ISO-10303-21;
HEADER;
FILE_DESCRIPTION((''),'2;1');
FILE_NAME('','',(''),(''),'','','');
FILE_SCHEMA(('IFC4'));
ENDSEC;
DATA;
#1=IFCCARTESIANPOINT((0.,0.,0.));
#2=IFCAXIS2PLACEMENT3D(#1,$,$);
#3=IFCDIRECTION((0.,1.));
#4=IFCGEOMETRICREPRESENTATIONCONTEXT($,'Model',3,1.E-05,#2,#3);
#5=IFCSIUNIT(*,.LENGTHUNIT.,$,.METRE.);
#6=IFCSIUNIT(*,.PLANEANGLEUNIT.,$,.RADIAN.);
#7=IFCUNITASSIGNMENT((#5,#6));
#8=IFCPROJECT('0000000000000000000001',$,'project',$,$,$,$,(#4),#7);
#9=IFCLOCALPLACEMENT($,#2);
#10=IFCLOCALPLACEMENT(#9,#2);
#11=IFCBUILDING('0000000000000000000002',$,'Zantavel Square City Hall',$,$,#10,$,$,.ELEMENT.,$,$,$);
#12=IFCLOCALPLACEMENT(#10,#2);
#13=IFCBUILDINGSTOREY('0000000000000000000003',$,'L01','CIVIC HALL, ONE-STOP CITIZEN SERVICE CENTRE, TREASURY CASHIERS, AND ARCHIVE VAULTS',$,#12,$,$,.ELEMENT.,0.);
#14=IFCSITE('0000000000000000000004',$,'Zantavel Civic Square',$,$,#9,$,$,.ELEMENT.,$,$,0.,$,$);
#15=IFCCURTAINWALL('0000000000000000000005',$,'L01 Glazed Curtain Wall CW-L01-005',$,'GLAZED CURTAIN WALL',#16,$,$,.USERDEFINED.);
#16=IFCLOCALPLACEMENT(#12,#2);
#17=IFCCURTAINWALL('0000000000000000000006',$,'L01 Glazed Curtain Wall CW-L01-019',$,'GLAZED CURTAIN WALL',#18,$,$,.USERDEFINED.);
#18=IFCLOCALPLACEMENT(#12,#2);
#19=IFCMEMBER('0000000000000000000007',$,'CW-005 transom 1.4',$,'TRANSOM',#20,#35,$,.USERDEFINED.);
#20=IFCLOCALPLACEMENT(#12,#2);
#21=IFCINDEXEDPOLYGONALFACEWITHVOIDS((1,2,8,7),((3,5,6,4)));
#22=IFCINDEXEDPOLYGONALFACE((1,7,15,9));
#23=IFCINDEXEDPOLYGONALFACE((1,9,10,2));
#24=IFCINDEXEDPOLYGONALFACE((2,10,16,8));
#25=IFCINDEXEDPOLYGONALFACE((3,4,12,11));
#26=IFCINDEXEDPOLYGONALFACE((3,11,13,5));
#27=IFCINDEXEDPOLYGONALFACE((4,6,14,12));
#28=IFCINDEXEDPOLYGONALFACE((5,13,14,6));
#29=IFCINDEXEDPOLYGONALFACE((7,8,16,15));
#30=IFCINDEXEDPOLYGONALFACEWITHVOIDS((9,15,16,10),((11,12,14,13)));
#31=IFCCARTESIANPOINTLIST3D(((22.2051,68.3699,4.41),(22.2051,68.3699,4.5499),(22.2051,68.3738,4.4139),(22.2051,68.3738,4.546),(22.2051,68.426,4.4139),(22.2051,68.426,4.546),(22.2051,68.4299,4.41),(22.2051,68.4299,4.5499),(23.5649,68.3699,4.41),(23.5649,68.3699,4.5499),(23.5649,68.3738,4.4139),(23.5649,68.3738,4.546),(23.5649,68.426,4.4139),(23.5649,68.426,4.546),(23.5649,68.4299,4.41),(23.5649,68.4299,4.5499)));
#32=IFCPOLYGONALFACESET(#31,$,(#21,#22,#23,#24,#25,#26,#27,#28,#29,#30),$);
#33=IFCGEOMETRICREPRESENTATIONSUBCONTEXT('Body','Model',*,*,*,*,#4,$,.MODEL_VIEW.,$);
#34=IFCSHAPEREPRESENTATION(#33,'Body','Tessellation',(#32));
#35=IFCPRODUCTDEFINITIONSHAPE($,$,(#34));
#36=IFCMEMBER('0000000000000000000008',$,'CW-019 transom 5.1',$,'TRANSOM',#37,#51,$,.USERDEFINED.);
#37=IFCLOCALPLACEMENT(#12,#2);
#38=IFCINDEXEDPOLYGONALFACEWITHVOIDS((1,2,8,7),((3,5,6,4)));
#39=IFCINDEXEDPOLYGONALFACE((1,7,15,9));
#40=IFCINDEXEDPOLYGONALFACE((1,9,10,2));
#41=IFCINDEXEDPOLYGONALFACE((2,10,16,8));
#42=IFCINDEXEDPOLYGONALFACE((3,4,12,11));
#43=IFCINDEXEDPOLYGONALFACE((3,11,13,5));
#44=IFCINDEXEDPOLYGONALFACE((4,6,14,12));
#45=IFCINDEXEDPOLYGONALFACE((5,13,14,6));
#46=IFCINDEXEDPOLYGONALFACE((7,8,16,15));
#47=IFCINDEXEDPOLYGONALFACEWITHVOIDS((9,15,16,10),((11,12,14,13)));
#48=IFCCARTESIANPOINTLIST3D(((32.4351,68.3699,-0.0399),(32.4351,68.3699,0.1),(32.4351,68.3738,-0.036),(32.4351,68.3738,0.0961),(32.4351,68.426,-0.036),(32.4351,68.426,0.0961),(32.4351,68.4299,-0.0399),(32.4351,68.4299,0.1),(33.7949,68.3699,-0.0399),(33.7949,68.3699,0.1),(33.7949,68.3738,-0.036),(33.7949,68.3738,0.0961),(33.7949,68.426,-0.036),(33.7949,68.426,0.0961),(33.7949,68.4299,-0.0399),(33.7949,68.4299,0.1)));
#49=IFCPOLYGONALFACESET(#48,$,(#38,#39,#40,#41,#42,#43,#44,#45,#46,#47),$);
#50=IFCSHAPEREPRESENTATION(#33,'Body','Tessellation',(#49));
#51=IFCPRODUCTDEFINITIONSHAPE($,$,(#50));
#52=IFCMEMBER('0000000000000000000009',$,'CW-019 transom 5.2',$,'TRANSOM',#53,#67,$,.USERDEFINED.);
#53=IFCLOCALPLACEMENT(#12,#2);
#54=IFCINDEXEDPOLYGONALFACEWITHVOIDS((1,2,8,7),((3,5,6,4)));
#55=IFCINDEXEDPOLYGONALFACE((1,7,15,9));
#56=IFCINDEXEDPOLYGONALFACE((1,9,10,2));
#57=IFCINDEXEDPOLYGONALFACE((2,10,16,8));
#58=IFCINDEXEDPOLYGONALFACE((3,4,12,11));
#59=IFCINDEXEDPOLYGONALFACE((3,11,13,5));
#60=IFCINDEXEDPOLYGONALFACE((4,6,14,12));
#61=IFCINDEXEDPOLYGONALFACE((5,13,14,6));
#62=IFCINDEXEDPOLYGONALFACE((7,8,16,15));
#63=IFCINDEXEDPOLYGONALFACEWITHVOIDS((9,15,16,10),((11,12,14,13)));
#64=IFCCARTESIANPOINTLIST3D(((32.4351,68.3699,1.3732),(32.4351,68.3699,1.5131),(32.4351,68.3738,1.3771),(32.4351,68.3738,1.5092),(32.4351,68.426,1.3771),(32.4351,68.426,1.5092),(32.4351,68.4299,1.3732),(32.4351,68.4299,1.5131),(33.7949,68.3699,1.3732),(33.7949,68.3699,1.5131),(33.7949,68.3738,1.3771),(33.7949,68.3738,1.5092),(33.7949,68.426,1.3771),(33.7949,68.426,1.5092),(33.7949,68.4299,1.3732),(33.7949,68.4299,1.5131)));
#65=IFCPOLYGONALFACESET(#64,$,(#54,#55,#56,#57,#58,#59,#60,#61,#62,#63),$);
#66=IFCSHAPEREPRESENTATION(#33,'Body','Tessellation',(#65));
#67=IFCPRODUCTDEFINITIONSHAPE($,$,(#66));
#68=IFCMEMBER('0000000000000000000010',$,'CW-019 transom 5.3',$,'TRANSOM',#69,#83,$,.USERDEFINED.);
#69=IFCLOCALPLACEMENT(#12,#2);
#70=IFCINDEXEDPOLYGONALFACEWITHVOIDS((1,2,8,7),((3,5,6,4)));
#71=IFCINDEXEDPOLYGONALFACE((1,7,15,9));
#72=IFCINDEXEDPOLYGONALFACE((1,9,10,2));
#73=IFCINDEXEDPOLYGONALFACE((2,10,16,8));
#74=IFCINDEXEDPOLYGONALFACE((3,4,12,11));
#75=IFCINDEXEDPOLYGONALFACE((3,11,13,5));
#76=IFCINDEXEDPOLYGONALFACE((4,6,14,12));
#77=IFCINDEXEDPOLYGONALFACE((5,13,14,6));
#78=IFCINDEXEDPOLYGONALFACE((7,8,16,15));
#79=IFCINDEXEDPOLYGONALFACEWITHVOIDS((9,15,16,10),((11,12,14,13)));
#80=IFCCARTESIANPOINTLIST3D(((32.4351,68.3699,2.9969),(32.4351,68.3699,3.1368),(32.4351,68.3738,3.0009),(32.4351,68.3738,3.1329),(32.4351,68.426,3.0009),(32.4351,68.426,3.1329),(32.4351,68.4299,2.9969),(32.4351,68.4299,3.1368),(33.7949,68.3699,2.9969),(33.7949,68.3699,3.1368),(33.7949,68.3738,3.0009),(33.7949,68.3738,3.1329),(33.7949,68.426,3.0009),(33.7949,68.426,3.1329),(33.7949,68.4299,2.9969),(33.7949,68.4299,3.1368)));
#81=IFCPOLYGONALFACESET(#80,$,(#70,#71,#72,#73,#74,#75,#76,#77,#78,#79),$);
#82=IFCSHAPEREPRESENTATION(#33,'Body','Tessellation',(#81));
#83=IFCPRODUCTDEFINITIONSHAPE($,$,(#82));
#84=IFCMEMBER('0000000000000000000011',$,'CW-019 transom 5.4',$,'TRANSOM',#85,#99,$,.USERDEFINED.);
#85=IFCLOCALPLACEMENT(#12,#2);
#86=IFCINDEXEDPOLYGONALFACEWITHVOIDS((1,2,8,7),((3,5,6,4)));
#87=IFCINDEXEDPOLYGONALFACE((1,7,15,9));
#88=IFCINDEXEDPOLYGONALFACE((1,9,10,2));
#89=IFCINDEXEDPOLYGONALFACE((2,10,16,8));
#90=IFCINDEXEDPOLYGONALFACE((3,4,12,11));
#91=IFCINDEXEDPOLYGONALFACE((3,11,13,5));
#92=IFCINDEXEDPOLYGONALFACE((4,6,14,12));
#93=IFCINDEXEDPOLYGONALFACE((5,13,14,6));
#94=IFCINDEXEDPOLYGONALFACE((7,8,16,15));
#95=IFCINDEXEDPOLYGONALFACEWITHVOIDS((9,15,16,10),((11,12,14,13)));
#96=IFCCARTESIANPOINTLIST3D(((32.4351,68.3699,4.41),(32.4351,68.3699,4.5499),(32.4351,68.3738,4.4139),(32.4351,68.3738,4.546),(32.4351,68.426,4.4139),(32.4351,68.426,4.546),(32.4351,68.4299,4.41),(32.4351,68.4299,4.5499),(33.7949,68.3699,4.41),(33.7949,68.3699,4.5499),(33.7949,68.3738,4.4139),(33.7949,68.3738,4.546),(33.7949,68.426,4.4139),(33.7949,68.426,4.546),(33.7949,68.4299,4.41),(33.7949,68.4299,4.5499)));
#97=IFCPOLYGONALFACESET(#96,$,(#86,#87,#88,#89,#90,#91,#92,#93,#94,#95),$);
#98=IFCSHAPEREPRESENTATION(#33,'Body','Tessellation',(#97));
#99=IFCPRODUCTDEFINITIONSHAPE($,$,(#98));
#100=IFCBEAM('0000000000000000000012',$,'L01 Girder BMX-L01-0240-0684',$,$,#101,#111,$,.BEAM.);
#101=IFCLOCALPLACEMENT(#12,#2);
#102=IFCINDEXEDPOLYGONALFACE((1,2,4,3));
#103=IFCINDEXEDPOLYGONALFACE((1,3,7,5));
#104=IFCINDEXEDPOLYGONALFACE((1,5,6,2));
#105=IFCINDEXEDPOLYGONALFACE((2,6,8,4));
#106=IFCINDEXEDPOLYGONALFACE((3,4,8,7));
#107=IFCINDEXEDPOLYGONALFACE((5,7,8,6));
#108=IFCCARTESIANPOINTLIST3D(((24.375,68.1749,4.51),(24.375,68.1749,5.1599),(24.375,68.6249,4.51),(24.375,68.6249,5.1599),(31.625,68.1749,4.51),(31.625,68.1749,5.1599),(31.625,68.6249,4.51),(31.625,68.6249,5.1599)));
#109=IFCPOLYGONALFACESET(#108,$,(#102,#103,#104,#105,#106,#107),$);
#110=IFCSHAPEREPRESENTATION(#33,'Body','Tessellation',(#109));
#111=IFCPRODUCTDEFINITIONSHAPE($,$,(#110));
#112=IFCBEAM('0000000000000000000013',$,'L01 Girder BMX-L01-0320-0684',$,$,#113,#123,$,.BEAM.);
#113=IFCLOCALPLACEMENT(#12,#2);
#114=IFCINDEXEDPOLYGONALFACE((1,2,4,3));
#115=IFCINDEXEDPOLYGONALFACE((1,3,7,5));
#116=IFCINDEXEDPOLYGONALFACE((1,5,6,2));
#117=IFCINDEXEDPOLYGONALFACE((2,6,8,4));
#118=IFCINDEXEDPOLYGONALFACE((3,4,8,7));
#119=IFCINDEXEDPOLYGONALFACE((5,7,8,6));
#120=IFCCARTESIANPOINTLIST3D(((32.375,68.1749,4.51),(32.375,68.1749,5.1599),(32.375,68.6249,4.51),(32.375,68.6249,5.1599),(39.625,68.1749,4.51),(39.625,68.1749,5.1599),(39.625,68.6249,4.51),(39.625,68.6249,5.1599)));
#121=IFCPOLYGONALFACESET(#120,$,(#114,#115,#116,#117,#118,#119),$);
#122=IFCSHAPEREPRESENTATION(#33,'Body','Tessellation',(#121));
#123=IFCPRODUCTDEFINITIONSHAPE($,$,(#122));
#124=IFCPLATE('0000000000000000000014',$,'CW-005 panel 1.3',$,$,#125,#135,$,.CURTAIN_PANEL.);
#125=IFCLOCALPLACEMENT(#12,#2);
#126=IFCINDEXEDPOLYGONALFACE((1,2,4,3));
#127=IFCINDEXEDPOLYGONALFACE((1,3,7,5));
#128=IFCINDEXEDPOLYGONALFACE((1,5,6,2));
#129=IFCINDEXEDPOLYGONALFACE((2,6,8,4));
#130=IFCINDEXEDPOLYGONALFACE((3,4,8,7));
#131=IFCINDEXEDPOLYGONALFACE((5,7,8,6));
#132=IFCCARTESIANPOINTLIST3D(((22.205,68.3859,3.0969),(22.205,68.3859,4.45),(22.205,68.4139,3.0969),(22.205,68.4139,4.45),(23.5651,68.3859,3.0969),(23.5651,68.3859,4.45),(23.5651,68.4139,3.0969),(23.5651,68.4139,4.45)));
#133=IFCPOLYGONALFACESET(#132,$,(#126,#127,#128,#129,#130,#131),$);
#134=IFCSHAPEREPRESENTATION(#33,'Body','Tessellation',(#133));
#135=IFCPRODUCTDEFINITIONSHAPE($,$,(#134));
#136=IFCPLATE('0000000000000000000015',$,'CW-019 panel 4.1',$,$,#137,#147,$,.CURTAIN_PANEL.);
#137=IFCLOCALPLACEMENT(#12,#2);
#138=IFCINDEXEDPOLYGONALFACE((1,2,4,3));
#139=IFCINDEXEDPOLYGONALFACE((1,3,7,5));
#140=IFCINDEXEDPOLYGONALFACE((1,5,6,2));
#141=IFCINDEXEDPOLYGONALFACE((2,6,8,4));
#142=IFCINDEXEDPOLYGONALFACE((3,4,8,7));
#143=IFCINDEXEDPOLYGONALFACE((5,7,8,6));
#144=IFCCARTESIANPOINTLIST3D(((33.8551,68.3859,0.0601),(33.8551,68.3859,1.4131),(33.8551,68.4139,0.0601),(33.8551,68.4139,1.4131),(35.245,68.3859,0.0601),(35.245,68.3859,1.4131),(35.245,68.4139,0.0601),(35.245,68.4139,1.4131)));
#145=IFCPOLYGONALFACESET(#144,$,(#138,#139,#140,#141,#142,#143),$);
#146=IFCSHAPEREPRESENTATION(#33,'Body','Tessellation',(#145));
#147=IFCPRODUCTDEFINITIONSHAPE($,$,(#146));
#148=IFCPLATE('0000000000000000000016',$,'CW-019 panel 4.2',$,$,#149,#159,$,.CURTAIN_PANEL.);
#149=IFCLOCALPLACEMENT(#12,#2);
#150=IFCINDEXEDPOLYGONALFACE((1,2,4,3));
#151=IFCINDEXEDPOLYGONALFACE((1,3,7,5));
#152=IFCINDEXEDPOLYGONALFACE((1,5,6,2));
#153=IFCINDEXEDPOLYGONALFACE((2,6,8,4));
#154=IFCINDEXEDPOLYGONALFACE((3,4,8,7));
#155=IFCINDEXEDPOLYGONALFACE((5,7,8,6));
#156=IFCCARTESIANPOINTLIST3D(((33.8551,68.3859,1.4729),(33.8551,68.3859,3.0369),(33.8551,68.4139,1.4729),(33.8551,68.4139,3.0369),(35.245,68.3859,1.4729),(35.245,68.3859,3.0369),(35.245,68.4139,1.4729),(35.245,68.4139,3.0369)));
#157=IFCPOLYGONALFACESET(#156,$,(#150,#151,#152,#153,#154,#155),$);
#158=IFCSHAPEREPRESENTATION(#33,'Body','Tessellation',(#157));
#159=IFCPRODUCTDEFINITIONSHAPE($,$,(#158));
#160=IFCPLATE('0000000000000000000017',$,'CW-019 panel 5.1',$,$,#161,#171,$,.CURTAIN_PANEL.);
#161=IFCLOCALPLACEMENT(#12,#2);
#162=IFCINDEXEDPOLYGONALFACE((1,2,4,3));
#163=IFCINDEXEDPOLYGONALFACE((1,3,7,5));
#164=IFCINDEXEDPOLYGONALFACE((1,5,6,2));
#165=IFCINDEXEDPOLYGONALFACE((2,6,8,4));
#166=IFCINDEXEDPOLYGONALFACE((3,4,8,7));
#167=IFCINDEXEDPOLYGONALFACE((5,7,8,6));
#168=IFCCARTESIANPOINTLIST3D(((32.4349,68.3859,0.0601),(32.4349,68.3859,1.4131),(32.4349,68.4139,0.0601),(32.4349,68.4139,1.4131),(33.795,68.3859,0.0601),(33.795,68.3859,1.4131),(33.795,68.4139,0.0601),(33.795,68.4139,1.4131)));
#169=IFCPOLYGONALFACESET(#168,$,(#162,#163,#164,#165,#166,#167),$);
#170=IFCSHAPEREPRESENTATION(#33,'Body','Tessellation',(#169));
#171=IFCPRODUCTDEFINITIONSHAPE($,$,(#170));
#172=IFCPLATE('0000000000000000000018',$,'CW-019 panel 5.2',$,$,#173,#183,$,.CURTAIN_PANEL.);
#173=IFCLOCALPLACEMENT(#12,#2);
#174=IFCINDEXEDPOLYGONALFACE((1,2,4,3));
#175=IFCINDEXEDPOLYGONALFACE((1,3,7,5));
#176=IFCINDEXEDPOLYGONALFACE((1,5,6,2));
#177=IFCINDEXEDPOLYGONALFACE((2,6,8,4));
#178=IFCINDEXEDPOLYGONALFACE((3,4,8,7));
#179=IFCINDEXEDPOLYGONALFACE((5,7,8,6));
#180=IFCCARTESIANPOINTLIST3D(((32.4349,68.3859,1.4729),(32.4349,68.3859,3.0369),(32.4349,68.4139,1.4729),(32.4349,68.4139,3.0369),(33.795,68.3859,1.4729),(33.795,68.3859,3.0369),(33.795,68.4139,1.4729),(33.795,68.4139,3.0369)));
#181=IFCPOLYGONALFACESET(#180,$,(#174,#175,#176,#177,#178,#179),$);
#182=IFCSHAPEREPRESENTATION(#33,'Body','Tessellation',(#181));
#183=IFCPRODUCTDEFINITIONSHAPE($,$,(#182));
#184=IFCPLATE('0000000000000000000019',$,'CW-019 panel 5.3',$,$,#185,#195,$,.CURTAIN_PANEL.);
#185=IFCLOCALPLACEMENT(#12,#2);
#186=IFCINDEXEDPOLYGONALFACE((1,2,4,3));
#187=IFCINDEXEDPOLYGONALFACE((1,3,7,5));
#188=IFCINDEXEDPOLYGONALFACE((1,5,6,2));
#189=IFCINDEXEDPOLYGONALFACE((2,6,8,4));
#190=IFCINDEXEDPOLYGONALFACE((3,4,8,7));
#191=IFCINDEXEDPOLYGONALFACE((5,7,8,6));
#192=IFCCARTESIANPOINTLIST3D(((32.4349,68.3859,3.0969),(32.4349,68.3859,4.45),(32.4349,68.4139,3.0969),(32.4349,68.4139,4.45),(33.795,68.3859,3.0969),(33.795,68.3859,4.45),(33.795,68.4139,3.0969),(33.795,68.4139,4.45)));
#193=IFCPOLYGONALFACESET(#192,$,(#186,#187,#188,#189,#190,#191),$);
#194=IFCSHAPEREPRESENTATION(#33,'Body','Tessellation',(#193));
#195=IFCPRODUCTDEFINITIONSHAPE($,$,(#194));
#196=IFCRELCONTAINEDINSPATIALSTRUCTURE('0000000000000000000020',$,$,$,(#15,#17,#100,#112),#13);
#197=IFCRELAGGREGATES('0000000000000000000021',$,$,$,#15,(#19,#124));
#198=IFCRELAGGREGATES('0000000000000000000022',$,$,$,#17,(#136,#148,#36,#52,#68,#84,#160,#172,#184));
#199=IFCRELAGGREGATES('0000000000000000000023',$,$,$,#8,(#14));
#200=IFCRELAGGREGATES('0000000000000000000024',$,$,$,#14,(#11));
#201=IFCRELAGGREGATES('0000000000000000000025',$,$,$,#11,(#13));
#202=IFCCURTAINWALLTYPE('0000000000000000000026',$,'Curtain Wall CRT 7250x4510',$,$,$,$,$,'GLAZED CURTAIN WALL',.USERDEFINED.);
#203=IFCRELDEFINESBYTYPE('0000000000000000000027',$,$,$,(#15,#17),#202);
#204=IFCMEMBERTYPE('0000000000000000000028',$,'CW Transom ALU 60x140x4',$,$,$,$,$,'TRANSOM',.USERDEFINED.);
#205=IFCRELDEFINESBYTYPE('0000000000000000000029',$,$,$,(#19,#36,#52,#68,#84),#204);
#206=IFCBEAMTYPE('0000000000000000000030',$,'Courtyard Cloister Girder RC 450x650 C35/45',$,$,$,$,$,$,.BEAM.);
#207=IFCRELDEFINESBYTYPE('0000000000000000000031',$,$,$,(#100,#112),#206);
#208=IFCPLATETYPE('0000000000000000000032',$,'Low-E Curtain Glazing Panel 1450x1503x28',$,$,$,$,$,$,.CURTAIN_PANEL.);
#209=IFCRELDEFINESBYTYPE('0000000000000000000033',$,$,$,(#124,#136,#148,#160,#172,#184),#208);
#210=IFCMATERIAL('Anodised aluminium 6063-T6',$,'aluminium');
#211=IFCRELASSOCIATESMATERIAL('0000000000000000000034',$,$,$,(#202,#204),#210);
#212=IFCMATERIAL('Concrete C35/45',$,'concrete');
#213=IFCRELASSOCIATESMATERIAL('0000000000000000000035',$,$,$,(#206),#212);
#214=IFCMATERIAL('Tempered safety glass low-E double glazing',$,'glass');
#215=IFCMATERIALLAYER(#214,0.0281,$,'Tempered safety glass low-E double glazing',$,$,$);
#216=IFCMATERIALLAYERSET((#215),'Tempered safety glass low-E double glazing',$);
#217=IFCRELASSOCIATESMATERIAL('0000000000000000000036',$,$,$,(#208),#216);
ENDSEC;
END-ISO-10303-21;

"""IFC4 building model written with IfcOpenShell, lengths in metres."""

from ifc_helpers import new_model, si_unit, direction, frame, origin, origin_2d, place, context, subcontext, project, spatial, rectangle, hollow_rectangle, extrude, material, layer, layer_set, material_profile, profile_set, type_object, element, aggregate, save


model = new_model("IFC4")

# Units and contexts
model_context = context("Model", 3, precision=1e-05, world=origin(), true_north=direction((0.0, 1.0)))
body_context = subcontext(model_context, "Body", "Model", "MODEL_VIEW")
ifc_project = project(units=[si_unit("LENGTHUNIT", "METRE"), si_unit("PLANEANGLEUNIT", "RADIAN")], contexts=[model_context])

# Site, building, storey
site_placement = place(None, origin())
site = spatial("IfcSite", under=ifc_project, at=site_placement, Name="Zantavel Civic Square", CompositionType="ELEMENT", RefElevation=0.0)
building_placement = place(site_placement, origin())
building = spatial("IfcBuilding", under=site, at=building_placement, Name="Zantavel Square City Hall", CompositionType="ELEMENT")
storey_placement = place(building_placement, origin())
storey = spatial("IfcBuildingStorey", under=building, at=storey_placement, Name="L01", Description="CIVIC HALL, ONE-STOP CITIZEN SERVICE CENTRE, TREASURY CASHIERS, AND ARCHIVE VAULTS", CompositionType="ELEMENT", Elevation=0.0)

# Curtain wall
ifc_material_1 = material(Name="Anodised aluminium 6063-T6", Category="aluminium")
curtain_wall_type = type_object("IfcCurtainWallType", Name="Curtain Wall CRT 7250x4510", ElementType="GLAZED CURTAIN WALL", PredefinedType="USERDEFINED", material=ifc_material_1)
curtain_wall_1_placement = place(storey_placement, origin())
curtain_wall_1 = element("IfcCurtainWall", 1, at=curtain_wall_1_placement, inside=storey, type_object=curtain_wall_type, Name="L01 Glazed Curtain Wall CW-L01-005", ObjectType="GLAZED CURTAIN WALL", PredefinedType="USERDEFINED")

# Curtain wall
curtain_wall_2_placement = place(storey_placement, origin())
curtain_wall_2 = element("IfcCurtainWall", 2, at=curtain_wall_2_placement, inside=storey, type_object=curtain_wall_type, Name="L01 Glazed Curtain Wall CW-L01-019", ObjectType="GLAZED CURTAIN WALL", PredefinedType="USERDEFINED")

# Members
ifc_material_profile_1 = material_profile(ifc_material_1, hollow_rectangle(XDim=0.0601, YDim=0.1399, WallThickness=0.0039, at=origin_2d()), Name="ALU 60x140x4")
ifc_profile_set_1 = profile_set([ifc_material_profile_1], Name="Anodised aluminium 6063-T6")
member_type_1 = type_object("IfcMemberType", Name="CW Transom ALU 60x140x4", ElementType="TRANSOM", PredefinedType="USERDEFINED", material=ifc_profile_set_1)
member_1_placement = place(storey_placement, frame((23.5649, 68.3999, 4.48), z_axis=(-1.0, 0.0, 0.0), x_axis=(0.0, -1.0, 0.0)))
member_1 = element("IfcMember", 3, at=member_1_placement, type_object=member_type_1, Name="CW-005 transom 1.4", ObjectType="TRANSOM", PredefinedType="USERDEFINED", context=body_context, shape_type="SweptSolid", body=[
    extrude(hollow_rectangle(XDim=0.0601, YDim=0.1399, WallThickness=0.0039, at=origin_2d()), origin(), (0.0, 0.0, 1.0), 1.3599),
])
member_2_placement = place(storey_placement, frame((33.7949, 68.3999, 0.03), z_axis=(-1.0, 0.0, 0.0), x_axis=(0.0, -1.0, 0.0)))
member_2 = element("IfcMember", 4, at=member_2_placement, type_object=member_type_1, Name="CW-019 transom 5.1", ObjectType="TRANSOM", PredefinedType="USERDEFINED", context=body_context, shape_type="SweptSolid", body=[
    extrude(hollow_rectangle(XDim=0.0601, YDim=0.1399, WallThickness=0.0039, at=origin_2d()), origin(), (0.0, 0.0, 1.0), 1.3599),
])
member_3_placement = place(storey_placement, frame((33.7949, 68.3999, 1.4431), z_axis=(-1.0, 0.0, 0.0), x_axis=(0.0, -1.0, 0.0)))
member_3 = element("IfcMember", 5, at=member_3_placement, type_object=member_type_1, Name="CW-019 transom 5.2", ObjectType="TRANSOM", PredefinedType="USERDEFINED", context=body_context, shape_type="SweptSolid", body=[
    extrude(hollow_rectangle(XDim=0.0601, YDim=0.1399, WallThickness=0.0039, at=origin_2d()), origin(), (0.0, 0.0, 1.0), 1.3599),
])
member_4_placement = place(storey_placement, frame((33.7949, 68.3999, 3.0669), z_axis=(-1.0, 0.0, 0.0), x_axis=(0.0, -1.0, 0.0)))
member_4 = element("IfcMember", 6, at=member_4_placement, type_object=member_type_1, Name="CW-019 transom 5.3", ObjectType="TRANSOM", PredefinedType="USERDEFINED", context=body_context, shape_type="SweptSolid", body=[
    extrude(hollow_rectangle(XDim=0.0601, YDim=0.1399, WallThickness=0.0039, at=origin_2d()), origin(), (0.0, 0.0, 1.0), 1.3599),
])
member_5_placement = place(storey_placement, frame((33.7949, 68.3999, 4.48), z_axis=(-1.0, 0.0, 0.0), x_axis=(0.0, -1.0, 0.0)))
member_5 = element("IfcMember", 7, at=member_5_placement, type_object=member_type_1, Name="CW-019 transom 5.4", ObjectType="TRANSOM", PredefinedType="USERDEFINED", context=body_context, shape_type="SweptSolid", body=[
    extrude(hollow_rectangle(XDim=0.0601, YDim=0.1399, WallThickness=0.0039, at=origin_2d()), origin(), (0.0, 0.0, 1.0), 1.3599),
])

# Beams
ifc_material_2 = material(Name="Concrete C35/45", Category="concrete")
ifc_material_profile_2 = material_profile(ifc_material_2, rectangle(XDim=0.45, YDim=0.6499, at=origin_2d()), Name="RC 450x650")
ifc_profile_set_2 = profile_set([ifc_material_profile_2], Name="Concrete C35/45")
beam_type = type_object("IfcBeamType", Name="Courtyard Cloister Girder RC 450x650 C35/45", PredefinedType="BEAM", material=ifc_profile_set_2)
for number, where, z_axis, x_axis, name in (
    (8, (24.375, 68.3999, 4.835), (1.0, 0.0, 0.0), (0.0, 1.0, 0.0), "L01 Girder BMX-L01-0240-0684"),
    (9, (32.375, 68.3999, 4.835), (1.0, 0.0, 0.0), (0.0, 1.0, 0.0), "L01 Girder BMX-L01-0320-0684"),
):
    element("IfcBeam", number, at=place(storey_placement, frame(where, z_axis=z_axis, x_axis=x_axis)), inside=storey, type_object=beam_type, Name=name, PredefinedType="BEAM", context=body_context, shape_type="SweptSolid", body=[
        extrude(rectangle(XDim=0.45, YDim=0.6499, at=origin_2d()), origin(), (0.0, 0.0, 1.0), 7.25),
    ])

# Plates
ifc_material_3 = material(Name="Tempered safety glass low-E double glazing", Category="glass")
ifc_layer_1 = layer(ifc_material_3, 0.0281, Name="Tempered safety glass low-E double glazing")
ifc_layer_set_1 = layer_set([ifc_layer_1], Name="Tempered safety glass low-E double glazing")
plate_type = type_object("IfcPlateType", Name="Low-E Curtain Glazing Panel 1450x1503x28", PredefinedType="CURTAIN_PANEL", material=ifc_layer_set_1)
plate_1_placement = place(storey_placement, frame((22.885, 68.3999, 3.0969), z_axis=(0.0, 0.0, 1.0), x_axis=(-1.0, 0.0, 0.0)))
plate_1 = element("IfcPlate", 10, at=plate_1_placement, type_object=plate_type, Name="CW-005 panel 1.3", PredefinedType="CURTAIN_PANEL", context=body_context, shape_type="SweptSolid", body=[
    extrude(rectangle(XDim=1.3601, YDim=0.0281, at=origin_2d()), origin(), (0.0, 0.0, 1.0), 1.353),
])
aggregate(curtain_wall_1, [member_1, plate_1])
plate_2_placement = place(storey_placement, frame((34.55, 68.3999, 0.0601), z_axis=(0.0, 0.0, 1.0), x_axis=(-1.0, 0.0, 0.0)))
plate_2 = element("IfcPlate", 11, at=plate_2_placement, type_object=plate_type, Name="CW-019 panel 4.1", PredefinedType="CURTAIN_PANEL", context=body_context, shape_type="SweptSolid", body=[
    extrude(rectangle(XDim=1.3899, YDim=0.0281, at=origin_2d()), origin(), (0.0, 0.0, 1.0), 1.353),
])
plate_3_placement = place(storey_placement, frame((34.55, 68.3999, 1.4729), z_axis=(0.0, 0.0, 1.0), x_axis=(-1.0, 0.0, 0.0)))
plate_3 = element("IfcPlate", 12, at=plate_3_placement, type_object=plate_type, Name="CW-019 panel 4.2", PredefinedType="CURTAIN_PANEL", context=body_context, shape_type="SweptSolid", body=[
    extrude(rectangle(XDim=1.3899, YDim=0.0281, at=origin_2d()), origin(), (0.0, 0.0, 1.0), 1.564),
])
plate_4_placement = place(storey_placement, frame((33.115, 68.3999, 0.0601), z_axis=(0.0, 0.0, 1.0), x_axis=(-1.0, 0.0, 0.0)))
plate_4 = element("IfcPlate", 13, at=plate_4_placement, type_object=plate_type, Name="CW-019 panel 5.1", PredefinedType="CURTAIN_PANEL", context=body_context, shape_type="SweptSolid", body=[
    extrude(rectangle(XDim=1.3601, YDim=0.0281, at=origin_2d()), origin(), (0.0, 0.0, 1.0), 1.353),
])
plate_5_placement = place(storey_placement, frame((33.115, 68.3999, 1.4729), z_axis=(0.0, 0.0, 1.0), x_axis=(-1.0, 0.0, 0.0)))
plate_5 = element("IfcPlate", 14, at=plate_5_placement, type_object=plate_type, Name="CW-019 panel 5.2", PredefinedType="CURTAIN_PANEL", context=body_context, shape_type="SweptSolid", body=[
    extrude(rectangle(XDim=1.3601, YDim=0.0281, at=origin_2d()), origin(), (0.0, 0.0, 1.0), 1.564),
])
plate_6_placement = place(storey_placement, frame((33.115, 68.3999, 3.0969), z_axis=(0.0, 0.0, 1.0), x_axis=(-1.0, 0.0, 0.0)))
plate_6 = element("IfcPlate", 15, at=plate_6_placement, type_object=plate_type, Name="CW-019 panel 5.3", PredefinedType="CURTAIN_PANEL", context=body_context, shape_type="SweptSolid", body=[
    extrude(rectangle(XDim=1.3601, YDim=0.0281, at=origin_2d()), origin(), (0.0, 0.0, 1.0), 1.353),
])
aggregate(curtain_wall_2, [plate_2, plate_3, member_2, member_3, member_4, member_5, plate_4, plate_5, plate_6])

save(model, "model.ifc")
